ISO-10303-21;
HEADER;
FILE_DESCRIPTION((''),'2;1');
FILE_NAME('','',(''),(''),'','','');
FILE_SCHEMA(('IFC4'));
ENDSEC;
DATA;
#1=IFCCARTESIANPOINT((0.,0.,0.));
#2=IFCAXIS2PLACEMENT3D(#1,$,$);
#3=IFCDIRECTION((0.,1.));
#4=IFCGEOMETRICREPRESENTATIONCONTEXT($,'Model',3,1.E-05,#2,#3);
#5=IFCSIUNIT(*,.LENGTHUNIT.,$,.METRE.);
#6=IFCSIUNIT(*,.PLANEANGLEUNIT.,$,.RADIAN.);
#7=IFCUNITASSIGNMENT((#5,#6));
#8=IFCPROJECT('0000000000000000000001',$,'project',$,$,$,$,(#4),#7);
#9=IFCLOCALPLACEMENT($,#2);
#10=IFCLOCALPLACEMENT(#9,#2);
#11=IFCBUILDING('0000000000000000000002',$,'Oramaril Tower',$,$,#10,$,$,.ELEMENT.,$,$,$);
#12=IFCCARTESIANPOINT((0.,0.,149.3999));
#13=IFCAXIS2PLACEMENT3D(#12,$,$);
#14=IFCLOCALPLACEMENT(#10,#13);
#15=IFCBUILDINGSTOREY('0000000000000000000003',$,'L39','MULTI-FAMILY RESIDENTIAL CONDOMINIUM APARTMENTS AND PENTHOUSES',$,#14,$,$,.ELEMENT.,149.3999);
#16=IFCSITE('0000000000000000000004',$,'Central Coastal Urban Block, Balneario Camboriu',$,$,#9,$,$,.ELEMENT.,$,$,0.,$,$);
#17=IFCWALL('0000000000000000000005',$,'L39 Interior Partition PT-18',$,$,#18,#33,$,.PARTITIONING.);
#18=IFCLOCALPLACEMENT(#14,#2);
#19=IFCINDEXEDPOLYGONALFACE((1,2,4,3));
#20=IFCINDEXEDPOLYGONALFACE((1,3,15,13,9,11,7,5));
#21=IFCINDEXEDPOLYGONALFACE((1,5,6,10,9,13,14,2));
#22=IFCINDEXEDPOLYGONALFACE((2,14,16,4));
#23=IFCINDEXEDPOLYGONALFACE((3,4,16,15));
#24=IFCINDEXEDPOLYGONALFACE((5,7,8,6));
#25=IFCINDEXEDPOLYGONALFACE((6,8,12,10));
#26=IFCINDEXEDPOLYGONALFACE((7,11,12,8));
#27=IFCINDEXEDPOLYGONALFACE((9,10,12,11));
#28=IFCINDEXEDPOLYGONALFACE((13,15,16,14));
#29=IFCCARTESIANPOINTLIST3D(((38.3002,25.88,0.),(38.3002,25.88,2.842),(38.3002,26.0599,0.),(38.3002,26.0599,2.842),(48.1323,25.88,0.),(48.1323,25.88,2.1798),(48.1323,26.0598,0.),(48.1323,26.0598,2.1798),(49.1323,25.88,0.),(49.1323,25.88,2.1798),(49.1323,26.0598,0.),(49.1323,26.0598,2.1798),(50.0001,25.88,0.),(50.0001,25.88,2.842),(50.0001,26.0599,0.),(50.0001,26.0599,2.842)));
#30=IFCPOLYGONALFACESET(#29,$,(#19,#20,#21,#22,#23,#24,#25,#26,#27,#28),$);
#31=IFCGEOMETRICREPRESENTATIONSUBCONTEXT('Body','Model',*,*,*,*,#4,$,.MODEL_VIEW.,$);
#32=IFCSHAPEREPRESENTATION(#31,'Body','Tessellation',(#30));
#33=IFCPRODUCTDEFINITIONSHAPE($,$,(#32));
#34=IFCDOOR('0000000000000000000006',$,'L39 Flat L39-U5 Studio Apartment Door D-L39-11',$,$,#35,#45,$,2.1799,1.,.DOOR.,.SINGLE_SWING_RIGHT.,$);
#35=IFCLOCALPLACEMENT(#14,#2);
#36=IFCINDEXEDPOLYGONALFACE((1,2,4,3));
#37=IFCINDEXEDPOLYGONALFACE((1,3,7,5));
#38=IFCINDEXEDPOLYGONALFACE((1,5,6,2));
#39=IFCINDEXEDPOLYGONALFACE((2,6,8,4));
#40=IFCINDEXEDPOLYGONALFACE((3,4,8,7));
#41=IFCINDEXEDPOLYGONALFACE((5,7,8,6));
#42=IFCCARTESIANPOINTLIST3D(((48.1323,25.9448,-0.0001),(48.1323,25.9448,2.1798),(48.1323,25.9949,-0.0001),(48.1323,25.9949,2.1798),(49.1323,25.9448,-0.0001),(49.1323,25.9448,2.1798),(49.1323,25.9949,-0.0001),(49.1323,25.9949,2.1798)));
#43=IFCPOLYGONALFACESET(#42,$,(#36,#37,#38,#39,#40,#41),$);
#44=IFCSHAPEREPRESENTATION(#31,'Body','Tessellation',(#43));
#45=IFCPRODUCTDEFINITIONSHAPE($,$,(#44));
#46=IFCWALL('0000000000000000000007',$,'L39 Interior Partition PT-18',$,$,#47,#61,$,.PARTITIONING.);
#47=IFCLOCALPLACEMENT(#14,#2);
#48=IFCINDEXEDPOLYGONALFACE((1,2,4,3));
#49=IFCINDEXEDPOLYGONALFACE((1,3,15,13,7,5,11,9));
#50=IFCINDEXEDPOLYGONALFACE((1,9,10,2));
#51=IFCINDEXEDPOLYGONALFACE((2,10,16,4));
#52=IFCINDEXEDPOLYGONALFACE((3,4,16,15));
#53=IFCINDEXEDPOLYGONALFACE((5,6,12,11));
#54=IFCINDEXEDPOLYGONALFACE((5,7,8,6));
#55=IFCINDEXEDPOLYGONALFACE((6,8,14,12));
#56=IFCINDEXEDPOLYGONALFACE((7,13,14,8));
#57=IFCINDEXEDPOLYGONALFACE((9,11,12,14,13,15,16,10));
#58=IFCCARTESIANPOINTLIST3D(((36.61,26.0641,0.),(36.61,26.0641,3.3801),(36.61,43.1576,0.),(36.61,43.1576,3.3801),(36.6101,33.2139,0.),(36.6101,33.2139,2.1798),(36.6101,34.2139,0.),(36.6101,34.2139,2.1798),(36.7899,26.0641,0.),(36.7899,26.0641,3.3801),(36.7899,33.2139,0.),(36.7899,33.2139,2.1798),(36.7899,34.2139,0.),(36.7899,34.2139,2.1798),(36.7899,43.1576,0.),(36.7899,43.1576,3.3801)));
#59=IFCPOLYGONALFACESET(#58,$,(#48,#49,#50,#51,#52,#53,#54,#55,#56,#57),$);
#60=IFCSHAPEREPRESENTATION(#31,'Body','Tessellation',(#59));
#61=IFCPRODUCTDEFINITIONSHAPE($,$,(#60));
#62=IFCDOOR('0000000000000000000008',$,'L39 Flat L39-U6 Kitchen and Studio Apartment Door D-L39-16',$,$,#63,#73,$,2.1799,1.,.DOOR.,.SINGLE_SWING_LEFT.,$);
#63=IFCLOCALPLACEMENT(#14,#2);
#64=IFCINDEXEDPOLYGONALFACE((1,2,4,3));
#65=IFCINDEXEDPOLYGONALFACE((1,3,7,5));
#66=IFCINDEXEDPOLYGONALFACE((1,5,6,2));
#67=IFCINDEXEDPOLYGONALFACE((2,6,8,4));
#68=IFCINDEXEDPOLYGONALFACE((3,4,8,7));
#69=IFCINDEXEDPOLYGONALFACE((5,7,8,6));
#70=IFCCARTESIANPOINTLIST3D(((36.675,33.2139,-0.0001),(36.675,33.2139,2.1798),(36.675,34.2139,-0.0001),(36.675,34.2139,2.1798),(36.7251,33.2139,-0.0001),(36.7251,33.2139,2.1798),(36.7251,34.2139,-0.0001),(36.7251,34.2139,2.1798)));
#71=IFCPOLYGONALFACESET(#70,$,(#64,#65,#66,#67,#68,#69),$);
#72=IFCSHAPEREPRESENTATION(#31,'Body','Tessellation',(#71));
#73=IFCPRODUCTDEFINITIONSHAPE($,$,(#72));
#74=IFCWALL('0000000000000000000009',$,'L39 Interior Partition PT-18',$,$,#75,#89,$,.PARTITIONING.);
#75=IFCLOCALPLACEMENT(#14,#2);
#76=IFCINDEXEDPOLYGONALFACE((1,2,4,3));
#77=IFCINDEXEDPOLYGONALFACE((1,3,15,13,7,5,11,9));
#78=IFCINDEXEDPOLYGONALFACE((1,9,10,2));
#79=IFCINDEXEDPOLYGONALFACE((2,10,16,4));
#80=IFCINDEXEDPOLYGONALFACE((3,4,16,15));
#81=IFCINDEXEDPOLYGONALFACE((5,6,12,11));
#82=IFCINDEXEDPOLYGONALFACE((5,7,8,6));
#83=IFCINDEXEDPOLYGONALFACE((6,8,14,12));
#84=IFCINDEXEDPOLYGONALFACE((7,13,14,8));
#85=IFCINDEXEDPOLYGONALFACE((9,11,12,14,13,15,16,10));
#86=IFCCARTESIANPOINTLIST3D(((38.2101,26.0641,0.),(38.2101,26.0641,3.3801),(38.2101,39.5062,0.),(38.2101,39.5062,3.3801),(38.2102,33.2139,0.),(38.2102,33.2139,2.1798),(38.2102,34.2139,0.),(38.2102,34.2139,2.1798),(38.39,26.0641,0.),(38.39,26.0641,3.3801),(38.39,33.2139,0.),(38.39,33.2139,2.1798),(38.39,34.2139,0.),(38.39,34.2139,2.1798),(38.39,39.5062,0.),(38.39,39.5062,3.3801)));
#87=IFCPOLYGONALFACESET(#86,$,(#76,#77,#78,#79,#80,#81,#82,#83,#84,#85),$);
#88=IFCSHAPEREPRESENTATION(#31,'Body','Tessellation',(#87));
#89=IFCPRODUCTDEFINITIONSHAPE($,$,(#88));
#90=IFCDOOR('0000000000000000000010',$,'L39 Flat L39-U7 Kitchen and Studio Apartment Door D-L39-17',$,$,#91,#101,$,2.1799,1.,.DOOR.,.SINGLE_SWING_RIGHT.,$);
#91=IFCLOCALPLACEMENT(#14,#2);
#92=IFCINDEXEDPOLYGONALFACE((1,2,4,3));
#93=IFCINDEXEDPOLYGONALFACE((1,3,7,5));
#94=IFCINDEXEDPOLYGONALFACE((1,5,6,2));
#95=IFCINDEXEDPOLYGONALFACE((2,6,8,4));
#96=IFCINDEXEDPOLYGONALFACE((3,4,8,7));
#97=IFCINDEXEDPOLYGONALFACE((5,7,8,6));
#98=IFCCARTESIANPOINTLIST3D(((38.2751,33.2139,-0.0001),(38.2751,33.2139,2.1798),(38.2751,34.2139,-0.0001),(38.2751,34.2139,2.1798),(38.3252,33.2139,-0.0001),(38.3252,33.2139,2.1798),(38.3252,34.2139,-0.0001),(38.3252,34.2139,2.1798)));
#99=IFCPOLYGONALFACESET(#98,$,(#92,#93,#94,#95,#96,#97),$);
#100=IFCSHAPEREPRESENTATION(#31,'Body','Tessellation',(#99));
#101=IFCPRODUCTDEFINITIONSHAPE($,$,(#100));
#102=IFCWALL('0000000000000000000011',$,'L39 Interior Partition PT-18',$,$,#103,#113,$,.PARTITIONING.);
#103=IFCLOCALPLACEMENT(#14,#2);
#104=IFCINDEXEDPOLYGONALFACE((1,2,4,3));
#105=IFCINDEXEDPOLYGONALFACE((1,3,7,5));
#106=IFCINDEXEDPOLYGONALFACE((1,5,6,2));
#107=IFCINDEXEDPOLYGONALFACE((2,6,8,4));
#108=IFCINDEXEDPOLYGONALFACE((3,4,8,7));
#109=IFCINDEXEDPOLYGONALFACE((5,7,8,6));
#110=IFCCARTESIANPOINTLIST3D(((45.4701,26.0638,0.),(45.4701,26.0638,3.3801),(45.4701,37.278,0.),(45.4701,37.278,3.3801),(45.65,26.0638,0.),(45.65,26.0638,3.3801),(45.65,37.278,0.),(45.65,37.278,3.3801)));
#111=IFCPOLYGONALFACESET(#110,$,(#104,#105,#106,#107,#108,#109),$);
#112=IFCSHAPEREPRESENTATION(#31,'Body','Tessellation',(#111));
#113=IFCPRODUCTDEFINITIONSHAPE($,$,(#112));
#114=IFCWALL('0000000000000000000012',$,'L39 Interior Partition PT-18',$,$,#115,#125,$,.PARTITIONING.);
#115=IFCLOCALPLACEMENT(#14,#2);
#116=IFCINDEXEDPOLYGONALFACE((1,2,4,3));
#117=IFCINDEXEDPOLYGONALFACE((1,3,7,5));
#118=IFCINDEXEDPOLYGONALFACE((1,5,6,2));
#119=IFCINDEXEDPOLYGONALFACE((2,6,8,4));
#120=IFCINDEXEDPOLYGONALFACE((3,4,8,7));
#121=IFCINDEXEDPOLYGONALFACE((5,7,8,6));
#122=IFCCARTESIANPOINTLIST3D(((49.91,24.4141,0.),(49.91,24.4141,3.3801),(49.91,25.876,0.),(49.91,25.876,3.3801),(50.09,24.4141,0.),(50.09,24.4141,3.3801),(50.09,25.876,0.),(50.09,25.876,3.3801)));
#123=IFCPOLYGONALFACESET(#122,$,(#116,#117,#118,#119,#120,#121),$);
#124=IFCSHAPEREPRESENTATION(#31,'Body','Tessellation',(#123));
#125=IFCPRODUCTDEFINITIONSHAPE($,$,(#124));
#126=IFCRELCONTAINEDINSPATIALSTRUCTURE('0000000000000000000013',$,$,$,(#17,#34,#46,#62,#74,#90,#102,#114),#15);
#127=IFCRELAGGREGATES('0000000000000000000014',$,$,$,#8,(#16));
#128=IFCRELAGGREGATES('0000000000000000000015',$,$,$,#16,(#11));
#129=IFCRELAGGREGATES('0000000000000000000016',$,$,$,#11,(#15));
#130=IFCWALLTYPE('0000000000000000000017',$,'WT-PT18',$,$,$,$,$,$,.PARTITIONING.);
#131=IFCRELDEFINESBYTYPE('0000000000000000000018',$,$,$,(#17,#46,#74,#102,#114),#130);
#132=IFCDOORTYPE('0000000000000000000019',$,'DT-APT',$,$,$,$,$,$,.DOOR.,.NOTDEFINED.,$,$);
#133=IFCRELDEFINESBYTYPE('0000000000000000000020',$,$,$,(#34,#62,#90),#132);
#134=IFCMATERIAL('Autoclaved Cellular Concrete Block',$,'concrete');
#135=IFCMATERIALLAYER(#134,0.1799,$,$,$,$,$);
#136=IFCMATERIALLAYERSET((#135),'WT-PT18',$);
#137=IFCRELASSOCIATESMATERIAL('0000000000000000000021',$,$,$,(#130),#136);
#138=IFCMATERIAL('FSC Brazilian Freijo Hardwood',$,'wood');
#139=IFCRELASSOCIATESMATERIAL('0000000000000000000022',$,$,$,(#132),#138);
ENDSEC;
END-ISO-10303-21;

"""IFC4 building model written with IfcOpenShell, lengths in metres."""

from ifc_helpers import new_model, si_unit, direction, frame, frame_2d, origin, place, context, subcontext, project, spatial, rectangle, extrude, material, layer, layer_set, type_object, element, fill, save


model = new_model("IFC4")

# Units and contexts
model_context = context("Model", 3, precision=1e-05, world=origin(), true_north=direction((0.0, 1.0)))
body_context = subcontext(model_context, "Body", "Model", "MODEL_VIEW")
ifc_project = project(units=[si_unit("LENGTHUNIT", "METRE"), si_unit("PLANEANGLEUNIT", "RADIAN")], contexts=[model_context])

# Site, building, storey
site_placement = place(None, origin())
site = spatial("IfcSite", under=ifc_project, at=site_placement, Name="Central Coastal Urban Block, Balneario Camboriu", CompositionType="ELEMENT", RefElevation=0.0)
building_placement = place(site_placement, origin())
building = spatial("IfcBuilding", under=site, at=building_placement, Name="Oramaril Tower", CompositionType="ELEMENT")
storey_placement = place(building_placement, frame((0.0, 0.0, 149.3999)))
storey = spatial("IfcBuildingStorey", under=building, at=storey_placement, Name="L39", Description="MULTI-FAMILY RESIDENTIAL CONDOMINIUM APARTMENTS AND PENTHOUSES", CompositionType="ELEMENT", Elevation=149.3999)

# Shared definitions
ifc_material_1 = material(Name="Autoclaved Cellular Concrete Block", Category="concrete")
ifc_layer_1 = layer(ifc_material_1, 0.1799)
ifc_layer_set_1 = layer_set([ifc_layer_1], Name="WT-PT18")
wall_type_1 = type_object("IfcWallType", Name="WT-PT18", PredefinedType="PARTITIONING", material=ifc_layer_set_1)

# Walls, openings, doors
wall_1_placement = place(storey_placement, frame((38.3, 25.97, 0.0), z_axis=(0.0, 0.0, 1.0), x_axis=(1.0, 0.0, 0.0)))
wall_1 = element("IfcWall", 1, at=wall_1_placement, inside=storey, type_object=wall_type_1, Name="L39 Interior Partition PT-18", PredefinedType="PARTITIONING", context=body_context, shape_type="SweptSolid", body=[
    extrude(rectangle(XDim=11.7, YDim=0.1799, at=frame_2d((5.8501, 0.0))), origin(), (0.0, 0.0, 1.0), 2.842),
])
opening_1_placement = place(wall_1_placement, frame((9.8323, 0.0, 0.0)))
opening_1 = element("IfcOpeningElement", 2, at=opening_1_placement, cuts=wall_1, PredefinedType="OPENING", context=body_context, shape_type="SweptSolid", body=[
    extrude(rectangle(XDim=1.0, YDim=2.1799, at=frame_2d((0.5, 1.0898))), frame((0.0, 0.0898, 0.0), z_axis=(0.0, -1.0, 0.0), x_axis=(1.0, 0.0, 0.0)), (0.0, 0.0, 1.0), 0.1799),
])
ifc_material_2 = material(Name="FSC Brazilian Freijo Hardwood", Category="wood")
door_type_1 = type_object("IfcDoorType", Name="DT-APT", OperationType="NOTDEFINED", PredefinedType="DOOR", material=ifc_material_2)
door_1_placement = place(opening_1_placement, origin())
door_1 = element("IfcDoor", 3, at=door_1_placement, inside=storey, type_object=door_type_1, Name="L39 Flat L39-U5 Studio Apartment Door D-L39-11", OperationType="SINGLE_SWING_RIGHT", OverallHeight=2.1799, OverallWidth=1.0, PredefinedType="DOOR", context=body_context, shape_type="SweptSolid", body=[
    extrude(rectangle(XDim=1.0, YDim=2.1799, at=frame_2d((0.5, 1.0898))), frame((0.0, 0.0249, 0.0), z_axis=(0.0, -1.0, 0.0), x_axis=(1.0, 0.0, 0.0)), (0.0, 0.0, 1.0), 0.05),
])
fill(opening_1, door_1)
wall_2_placement = place(storey_placement, frame((36.7, 26.064, 0.0), z_axis=(0.0, 0.0, 1.0), x_axis=(0.0, 1.0, 0.0)))
wall_2 = element("IfcWall", 4, at=wall_2_placement, inside=storey, type_object=wall_type_1, Name="L39 Interior Partition PT-18", PredefinedType="PARTITIONING", context=body_context, shape_type="SweptSolid", body=[
    extrude(rectangle(XDim=17.0935, YDim=0.1799, at=frame_2d((8.5469, 0.0))), origin(), (0.0, 0.0, 1.0), 3.3801),
])
opening_2_placement = place(wall_2_placement, frame((7.1499, 0.0, 0.0)))
opening_2 = element("IfcOpeningElement", 5, at=opening_2_placement, cuts=wall_2, PredefinedType="OPENING", context=body_context, shape_type="SweptSolid", body=[
    extrude(rectangle(XDim=1.0, YDim=2.1799, at=frame_2d((0.5, 1.0898))), frame((0.0, 0.0898, 0.0), z_axis=(0.0, -1.0, 0.0), x_axis=(1.0, 0.0, 0.0)), (0.0, 0.0, 1.0), 0.1799),
])
door_2_placement = place(opening_2_placement, origin())
door_2 = element("IfcDoor", 6, at=door_2_placement, inside=storey, type_object=door_type_1, Name="L39 Flat L39-U6 Kitchen and Studio Apartment Door D-L39-16", OperationType="SINGLE_SWING_LEFT", OverallHeight=2.1799, OverallWidth=1.0, PredefinedType="DOOR", context=body_context, shape_type="SweptSolid", body=[
    extrude(rectangle(XDim=1.0, YDim=2.1799, at=frame_2d((0.5, 1.0898))), frame((0.0, 0.0249, 0.0), z_axis=(0.0, -1.0, 0.0), x_axis=(1.0, 0.0, 0.0)), (0.0, 0.0, 1.0), 0.05),
])
fill(opening_2, door_2)
wall_3_placement = place(storey_placement, frame((38.3, 26.064, 0.0), z_axis=(0.0, 0.0, 1.0), x_axis=(0.0, 1.0, 0.0)))
wall_3 = element("IfcWall", 7, at=wall_3_placement, inside=storey, type_object=wall_type_1, Name="L39 Interior Partition PT-18", PredefinedType="PARTITIONING", context=body_context, shape_type="SweptSolid", body=[
    extrude(rectangle(XDim=13.4421, YDim=0.1799, at=frame_2d((6.7212, 0.0))), origin(), (0.0, 0.0, 1.0), 3.3801),
])
opening_3_placement = place(wall_3_placement, frame((7.1499, 0.0, 0.0)))
opening_3 = element("IfcOpeningElement", 8, at=opening_3_placement, cuts=wall_3, PredefinedType="OPENING", context=body_context, shape_type="SweptSolid", body=[
    extrude(rectangle(XDim=1.0, YDim=2.1799, at=frame_2d((0.5, 1.0898))), frame((0.0, 0.0898, 0.0), z_axis=(0.0, -1.0, 0.0), x_axis=(1.0, 0.0, 0.0)), (0.0, 0.0, 1.0), 0.1799),
])
door_3_placement = place(opening_3_placement, origin())
door_3 = element("IfcDoor", 9, at=door_3_placement, inside=storey, type_object=door_type_1, Name="L39 Flat L39-U7 Kitchen and Studio Apartment Door D-L39-17", OperationType="SINGLE_SWING_RIGHT", OverallHeight=2.1799, OverallWidth=1.0, PredefinedType="DOOR", context=body_context, shape_type="SweptSolid", body=[
    extrude(rectangle(XDim=1.0, YDim=2.1799, at=frame_2d((0.5, 1.0898))), frame((0.0, 0.0249, 0.0), z_axis=(0.0, -1.0, 0.0), x_axis=(1.0, 0.0, 0.0)), (0.0, 0.0, 1.0), 0.05),
])
fill(opening_3, door_3)

# Walls
wall_4_placement = place(storey_placement, frame((45.5601, 26.064, 0.0), z_axis=(0.0, 0.0, 1.0), x_axis=(0.0, 1.0, 0.0)))
element("IfcWall", 10, at=wall_4_placement, inside=storey, type_object=wall_type_1, Name="L39 Interior Partition PT-18", PredefinedType="PARTITIONING", context=body_context, shape_type="SweptSolid", body=[
    extrude(rectangle(XDim=11.2141, YDim=0.1799, at=frame_2d((5.6069, 0.0))), origin(), (0.0, 0.0, 1.0), 3.3801),
])
wall_5_placement = place(storey_placement, frame((50.0, 24.4141, 0.0), z_axis=(0.0, 0.0, 1.0), x_axis=(0.0, 1.0, 0.0)))
element("IfcWall", 11, at=wall_5_placement, inside=storey, type_object=wall_type_1, Name="L39 Interior Partition PT-18", PredefinedType="PARTITIONING", context=body_context, shape_type="SweptSolid", body=[
    extrude(rectangle(XDim=1.4619, YDim=0.1799, at=frame_2d((0.731, 0.0))), origin(), (0.0, 0.0, 1.0), 3.3801),
])

save(model, "model.ifc")
